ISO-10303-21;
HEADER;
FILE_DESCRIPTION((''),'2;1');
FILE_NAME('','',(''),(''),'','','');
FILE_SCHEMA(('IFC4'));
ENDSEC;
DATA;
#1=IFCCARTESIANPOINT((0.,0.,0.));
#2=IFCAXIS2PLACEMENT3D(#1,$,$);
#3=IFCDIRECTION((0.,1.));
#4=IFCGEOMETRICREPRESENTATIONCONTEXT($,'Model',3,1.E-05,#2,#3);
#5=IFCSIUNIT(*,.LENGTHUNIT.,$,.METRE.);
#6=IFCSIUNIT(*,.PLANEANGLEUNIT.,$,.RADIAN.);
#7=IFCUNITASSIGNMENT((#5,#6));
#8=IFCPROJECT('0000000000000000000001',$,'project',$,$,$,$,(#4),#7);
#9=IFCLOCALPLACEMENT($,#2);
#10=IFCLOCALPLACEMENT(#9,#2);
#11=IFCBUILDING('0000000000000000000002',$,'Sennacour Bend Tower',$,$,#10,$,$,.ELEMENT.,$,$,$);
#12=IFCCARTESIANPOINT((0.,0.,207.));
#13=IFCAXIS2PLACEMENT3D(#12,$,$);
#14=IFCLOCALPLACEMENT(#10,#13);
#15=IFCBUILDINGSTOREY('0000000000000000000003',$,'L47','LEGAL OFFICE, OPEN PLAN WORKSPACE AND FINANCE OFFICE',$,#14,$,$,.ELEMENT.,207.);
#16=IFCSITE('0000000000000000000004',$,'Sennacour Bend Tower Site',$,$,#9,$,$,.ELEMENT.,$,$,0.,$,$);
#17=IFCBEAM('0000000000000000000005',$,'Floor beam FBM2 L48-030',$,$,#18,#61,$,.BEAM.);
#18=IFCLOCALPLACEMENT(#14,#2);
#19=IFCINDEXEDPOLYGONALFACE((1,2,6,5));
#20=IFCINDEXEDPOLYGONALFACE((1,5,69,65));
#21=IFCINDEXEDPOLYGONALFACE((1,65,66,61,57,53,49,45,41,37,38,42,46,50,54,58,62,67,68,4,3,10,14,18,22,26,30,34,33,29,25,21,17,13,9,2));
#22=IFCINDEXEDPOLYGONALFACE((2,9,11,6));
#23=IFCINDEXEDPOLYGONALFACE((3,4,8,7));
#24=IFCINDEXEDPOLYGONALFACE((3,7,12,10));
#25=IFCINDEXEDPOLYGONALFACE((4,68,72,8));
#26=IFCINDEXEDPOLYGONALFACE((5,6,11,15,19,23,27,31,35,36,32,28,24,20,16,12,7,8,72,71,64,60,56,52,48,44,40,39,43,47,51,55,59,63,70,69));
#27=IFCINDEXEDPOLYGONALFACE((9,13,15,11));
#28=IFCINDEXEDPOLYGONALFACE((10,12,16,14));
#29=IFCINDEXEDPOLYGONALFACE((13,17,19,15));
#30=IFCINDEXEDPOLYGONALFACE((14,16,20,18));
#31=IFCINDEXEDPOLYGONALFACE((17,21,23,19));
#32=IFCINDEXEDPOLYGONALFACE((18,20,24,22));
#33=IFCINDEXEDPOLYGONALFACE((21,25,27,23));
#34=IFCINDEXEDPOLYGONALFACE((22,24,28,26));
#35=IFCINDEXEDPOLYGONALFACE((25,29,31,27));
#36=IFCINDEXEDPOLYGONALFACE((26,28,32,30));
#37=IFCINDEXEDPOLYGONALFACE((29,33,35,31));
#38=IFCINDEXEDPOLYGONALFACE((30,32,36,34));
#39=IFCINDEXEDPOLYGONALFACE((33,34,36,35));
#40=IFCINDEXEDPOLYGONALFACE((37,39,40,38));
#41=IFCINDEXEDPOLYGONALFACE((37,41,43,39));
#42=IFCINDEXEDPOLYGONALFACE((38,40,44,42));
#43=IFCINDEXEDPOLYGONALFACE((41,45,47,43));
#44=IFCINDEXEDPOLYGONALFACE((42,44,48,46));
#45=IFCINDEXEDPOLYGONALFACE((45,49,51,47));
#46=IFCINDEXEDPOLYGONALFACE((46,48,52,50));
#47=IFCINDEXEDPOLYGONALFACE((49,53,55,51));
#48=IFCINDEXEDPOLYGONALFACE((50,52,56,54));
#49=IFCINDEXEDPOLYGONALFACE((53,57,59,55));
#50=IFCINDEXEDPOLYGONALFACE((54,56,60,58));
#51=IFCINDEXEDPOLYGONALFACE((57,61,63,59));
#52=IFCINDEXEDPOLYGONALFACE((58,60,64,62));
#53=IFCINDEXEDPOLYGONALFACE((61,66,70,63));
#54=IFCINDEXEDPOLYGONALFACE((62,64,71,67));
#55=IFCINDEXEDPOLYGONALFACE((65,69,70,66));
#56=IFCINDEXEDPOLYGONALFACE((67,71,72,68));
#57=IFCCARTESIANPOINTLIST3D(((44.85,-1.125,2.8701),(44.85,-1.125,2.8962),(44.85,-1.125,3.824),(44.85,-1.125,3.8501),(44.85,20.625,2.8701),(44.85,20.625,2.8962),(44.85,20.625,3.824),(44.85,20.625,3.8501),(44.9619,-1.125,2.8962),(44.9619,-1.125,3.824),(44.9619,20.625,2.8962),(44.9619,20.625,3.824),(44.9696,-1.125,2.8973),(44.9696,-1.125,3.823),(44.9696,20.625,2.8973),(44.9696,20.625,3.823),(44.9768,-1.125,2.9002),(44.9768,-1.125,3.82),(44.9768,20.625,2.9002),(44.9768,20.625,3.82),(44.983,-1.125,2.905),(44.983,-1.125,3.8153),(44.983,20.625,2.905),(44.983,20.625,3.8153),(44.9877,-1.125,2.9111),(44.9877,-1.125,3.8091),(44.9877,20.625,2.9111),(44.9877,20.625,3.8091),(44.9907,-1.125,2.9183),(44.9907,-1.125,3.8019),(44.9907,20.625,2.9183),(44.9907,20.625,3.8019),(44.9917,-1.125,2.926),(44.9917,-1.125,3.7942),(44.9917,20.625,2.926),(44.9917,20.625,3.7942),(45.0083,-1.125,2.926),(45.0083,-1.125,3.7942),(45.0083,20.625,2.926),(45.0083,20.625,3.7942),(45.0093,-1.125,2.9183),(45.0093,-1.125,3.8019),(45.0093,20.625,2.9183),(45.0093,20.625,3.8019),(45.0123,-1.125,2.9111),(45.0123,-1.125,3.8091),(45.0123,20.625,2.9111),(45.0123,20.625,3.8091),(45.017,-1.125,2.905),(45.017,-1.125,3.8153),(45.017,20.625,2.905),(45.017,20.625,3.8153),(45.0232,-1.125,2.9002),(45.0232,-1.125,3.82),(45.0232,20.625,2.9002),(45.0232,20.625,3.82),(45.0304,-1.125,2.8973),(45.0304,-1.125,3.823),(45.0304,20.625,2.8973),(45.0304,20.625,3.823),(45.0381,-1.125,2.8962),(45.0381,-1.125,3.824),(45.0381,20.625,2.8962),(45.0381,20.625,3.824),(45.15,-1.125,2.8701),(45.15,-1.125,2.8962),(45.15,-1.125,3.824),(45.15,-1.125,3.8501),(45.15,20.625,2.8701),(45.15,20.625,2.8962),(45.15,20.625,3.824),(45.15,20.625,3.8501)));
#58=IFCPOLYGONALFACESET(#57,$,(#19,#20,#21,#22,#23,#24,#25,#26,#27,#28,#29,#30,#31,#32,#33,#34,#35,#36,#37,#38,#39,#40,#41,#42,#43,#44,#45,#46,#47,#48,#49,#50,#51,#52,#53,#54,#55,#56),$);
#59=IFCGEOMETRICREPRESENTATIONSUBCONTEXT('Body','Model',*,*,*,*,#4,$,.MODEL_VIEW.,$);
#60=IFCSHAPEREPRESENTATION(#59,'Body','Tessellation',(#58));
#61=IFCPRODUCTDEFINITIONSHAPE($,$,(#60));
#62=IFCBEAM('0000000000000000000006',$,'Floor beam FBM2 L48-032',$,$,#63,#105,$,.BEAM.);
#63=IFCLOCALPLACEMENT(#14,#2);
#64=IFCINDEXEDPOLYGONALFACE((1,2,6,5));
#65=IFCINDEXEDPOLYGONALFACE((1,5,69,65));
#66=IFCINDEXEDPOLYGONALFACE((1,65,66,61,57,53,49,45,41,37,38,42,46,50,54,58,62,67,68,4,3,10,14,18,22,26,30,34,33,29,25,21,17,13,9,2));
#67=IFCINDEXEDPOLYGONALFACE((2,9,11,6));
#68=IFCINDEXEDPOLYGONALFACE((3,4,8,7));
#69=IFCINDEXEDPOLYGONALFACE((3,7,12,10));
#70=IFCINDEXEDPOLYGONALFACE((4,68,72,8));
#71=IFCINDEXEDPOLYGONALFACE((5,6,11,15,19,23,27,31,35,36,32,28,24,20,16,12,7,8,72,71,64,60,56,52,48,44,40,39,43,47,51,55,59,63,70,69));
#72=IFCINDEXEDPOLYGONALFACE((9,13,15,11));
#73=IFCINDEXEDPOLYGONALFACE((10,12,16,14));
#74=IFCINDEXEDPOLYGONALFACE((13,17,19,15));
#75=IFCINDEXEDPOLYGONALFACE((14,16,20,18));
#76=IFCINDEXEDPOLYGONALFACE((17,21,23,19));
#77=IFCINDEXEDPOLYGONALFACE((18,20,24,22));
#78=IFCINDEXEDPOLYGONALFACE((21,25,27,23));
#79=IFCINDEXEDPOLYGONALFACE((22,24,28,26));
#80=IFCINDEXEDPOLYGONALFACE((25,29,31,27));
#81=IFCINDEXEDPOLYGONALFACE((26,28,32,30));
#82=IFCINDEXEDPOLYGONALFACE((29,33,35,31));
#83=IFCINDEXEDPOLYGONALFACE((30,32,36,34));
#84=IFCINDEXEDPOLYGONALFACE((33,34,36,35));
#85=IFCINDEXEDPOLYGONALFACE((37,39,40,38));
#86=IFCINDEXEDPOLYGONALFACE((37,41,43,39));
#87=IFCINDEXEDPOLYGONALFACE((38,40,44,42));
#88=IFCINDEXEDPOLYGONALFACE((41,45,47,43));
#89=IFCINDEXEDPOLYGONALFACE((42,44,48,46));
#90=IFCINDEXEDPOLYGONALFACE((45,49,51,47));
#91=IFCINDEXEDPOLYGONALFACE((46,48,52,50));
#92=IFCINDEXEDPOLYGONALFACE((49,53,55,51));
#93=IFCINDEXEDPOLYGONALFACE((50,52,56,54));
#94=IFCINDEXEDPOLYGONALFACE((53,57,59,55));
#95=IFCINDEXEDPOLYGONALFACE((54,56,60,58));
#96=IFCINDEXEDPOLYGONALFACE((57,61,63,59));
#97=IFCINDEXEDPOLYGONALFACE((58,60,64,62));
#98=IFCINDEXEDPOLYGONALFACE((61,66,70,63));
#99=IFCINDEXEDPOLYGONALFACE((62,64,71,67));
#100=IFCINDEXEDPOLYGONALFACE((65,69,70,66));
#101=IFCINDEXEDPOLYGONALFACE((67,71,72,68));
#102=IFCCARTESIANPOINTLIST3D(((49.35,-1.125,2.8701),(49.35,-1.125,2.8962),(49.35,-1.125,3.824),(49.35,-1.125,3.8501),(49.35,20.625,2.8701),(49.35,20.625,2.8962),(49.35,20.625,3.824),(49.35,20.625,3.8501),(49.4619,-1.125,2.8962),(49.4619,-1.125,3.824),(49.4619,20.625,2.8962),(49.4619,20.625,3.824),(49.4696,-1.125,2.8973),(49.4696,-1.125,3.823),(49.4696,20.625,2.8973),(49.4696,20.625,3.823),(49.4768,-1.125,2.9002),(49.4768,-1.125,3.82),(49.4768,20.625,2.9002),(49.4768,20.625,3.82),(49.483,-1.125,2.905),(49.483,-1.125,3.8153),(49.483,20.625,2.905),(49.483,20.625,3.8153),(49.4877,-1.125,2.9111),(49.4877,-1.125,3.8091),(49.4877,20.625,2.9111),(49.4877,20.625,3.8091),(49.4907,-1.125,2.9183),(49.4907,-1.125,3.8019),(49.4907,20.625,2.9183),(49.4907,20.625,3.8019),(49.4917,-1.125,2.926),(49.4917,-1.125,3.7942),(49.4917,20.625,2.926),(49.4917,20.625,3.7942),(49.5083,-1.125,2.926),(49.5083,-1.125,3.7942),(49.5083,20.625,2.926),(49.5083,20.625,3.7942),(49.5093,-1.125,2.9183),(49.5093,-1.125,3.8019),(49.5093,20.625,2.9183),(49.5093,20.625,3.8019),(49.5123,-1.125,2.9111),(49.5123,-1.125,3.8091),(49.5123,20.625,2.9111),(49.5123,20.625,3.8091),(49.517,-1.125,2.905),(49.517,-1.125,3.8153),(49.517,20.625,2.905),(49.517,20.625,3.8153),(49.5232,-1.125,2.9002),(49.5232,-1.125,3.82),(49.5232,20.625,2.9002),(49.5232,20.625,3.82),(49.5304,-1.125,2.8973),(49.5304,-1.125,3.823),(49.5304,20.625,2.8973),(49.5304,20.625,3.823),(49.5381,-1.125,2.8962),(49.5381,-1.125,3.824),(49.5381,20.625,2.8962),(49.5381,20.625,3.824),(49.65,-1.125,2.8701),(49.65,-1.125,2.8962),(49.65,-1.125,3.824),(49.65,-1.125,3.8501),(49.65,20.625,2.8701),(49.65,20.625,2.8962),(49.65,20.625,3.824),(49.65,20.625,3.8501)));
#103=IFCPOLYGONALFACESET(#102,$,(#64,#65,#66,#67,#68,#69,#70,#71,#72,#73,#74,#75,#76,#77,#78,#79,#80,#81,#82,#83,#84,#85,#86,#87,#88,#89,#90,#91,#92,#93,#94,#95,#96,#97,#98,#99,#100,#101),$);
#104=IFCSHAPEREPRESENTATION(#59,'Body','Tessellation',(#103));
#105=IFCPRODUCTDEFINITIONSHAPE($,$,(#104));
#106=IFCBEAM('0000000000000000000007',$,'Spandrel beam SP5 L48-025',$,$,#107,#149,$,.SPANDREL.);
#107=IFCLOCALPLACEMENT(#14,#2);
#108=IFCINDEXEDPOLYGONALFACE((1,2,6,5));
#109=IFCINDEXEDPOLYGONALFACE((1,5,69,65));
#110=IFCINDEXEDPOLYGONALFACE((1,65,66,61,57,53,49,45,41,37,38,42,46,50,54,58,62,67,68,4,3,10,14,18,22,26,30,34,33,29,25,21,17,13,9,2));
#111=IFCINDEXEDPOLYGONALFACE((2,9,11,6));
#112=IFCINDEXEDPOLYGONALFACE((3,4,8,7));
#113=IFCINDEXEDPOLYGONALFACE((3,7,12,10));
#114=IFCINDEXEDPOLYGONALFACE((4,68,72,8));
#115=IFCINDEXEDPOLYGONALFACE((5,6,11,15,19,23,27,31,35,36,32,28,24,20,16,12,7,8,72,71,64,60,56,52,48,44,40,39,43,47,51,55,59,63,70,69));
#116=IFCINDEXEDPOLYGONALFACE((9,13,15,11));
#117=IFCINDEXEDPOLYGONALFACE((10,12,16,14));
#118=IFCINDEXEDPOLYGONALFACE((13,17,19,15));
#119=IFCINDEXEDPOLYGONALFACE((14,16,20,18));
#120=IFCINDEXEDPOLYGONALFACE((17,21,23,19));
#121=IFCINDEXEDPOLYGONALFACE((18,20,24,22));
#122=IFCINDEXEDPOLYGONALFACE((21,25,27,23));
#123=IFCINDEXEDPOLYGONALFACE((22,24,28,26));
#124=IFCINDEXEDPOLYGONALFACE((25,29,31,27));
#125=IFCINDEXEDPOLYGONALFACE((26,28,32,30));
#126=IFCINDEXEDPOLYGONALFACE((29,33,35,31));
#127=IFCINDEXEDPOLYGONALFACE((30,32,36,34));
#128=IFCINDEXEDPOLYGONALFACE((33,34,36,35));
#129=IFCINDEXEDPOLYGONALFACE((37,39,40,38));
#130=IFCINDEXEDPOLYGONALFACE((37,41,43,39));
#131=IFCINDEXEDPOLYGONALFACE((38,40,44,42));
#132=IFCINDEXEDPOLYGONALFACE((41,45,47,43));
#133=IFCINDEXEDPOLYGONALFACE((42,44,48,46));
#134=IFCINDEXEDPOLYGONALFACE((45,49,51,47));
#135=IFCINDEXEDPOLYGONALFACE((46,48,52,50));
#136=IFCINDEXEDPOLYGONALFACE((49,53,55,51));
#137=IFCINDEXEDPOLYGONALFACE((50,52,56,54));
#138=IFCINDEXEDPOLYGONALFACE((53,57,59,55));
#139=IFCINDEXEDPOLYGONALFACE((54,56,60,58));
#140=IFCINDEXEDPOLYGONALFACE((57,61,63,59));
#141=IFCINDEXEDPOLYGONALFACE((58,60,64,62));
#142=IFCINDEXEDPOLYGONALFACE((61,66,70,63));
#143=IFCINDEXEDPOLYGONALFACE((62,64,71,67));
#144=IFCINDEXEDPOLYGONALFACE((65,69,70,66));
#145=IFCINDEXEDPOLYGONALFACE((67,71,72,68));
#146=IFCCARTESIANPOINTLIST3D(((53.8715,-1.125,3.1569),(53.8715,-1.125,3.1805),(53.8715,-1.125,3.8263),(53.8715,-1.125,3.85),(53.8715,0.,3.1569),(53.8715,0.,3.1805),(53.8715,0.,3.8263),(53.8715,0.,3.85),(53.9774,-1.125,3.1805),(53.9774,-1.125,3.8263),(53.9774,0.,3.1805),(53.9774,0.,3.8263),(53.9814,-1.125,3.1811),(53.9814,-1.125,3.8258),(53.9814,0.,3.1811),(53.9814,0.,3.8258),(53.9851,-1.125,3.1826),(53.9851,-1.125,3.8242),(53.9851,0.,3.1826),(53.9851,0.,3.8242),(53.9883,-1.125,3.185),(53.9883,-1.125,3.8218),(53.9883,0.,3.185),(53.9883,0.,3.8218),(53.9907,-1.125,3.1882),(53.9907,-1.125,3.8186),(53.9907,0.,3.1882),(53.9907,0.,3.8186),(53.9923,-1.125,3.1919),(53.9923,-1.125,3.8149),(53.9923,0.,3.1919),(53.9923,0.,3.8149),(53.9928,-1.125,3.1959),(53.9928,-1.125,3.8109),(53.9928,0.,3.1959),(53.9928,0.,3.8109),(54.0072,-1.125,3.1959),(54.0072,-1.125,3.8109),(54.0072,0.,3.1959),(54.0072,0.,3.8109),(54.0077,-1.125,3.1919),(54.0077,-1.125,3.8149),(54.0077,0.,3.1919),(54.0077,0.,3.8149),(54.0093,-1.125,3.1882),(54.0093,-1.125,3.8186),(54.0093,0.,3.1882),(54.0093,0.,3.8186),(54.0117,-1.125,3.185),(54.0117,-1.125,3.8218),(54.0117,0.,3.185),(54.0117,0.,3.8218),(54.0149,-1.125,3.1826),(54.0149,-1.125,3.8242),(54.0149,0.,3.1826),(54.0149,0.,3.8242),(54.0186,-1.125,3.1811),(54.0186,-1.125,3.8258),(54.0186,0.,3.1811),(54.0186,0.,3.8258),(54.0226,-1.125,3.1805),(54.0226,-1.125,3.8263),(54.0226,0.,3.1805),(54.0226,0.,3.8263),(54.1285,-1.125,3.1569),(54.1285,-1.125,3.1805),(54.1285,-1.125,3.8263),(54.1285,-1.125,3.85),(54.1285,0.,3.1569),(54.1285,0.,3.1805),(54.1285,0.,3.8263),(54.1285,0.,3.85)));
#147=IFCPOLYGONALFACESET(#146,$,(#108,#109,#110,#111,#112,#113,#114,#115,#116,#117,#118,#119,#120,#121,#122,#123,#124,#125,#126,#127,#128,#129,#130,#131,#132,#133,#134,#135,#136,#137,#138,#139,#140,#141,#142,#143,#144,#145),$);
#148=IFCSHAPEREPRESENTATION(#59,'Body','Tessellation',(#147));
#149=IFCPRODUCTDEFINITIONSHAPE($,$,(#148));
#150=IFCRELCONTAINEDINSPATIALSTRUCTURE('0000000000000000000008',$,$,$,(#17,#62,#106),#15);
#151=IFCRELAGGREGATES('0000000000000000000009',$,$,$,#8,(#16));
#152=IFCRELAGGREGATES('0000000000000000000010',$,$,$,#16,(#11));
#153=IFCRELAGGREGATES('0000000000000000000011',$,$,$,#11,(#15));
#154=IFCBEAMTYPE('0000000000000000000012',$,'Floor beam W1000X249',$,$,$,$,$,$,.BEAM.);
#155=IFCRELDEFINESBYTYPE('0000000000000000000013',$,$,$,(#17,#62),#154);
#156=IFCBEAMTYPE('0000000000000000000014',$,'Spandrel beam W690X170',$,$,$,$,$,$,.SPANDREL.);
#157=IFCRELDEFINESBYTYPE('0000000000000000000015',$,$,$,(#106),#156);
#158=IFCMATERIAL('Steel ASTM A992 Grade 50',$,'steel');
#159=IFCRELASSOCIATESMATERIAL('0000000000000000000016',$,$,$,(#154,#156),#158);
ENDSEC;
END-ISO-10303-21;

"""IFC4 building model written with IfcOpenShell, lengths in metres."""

from ifc_helpers import new_model, si_unit, direction, frame, origin, origin_2d, place, context, subcontext, project, spatial, i_section, extrude, material, material_profile, profile_set, type_object, element, save


model = new_model("IFC4")

# Units and contexts
model_context = context("Model", 3, precision=1e-05, world=origin(), true_north=direction((0.0, 1.0)))
body_context = subcontext(model_context, "Body", "Model", "MODEL_VIEW")
ifc_project = project(units=[si_unit("LENGTHUNIT", "METRE"), si_unit("PLANEANGLEUNIT", "RADIAN")], contexts=[model_context])

# Site, building, storey
site_placement = place(None, origin())
site = spatial("IfcSite", under=ifc_project, at=site_placement, Name="Sennacour Bend Tower Site", CompositionType="ELEMENT", RefElevation=0.0)
building_placement = place(site_placement, origin())
building = spatial("IfcBuilding", under=site, at=building_placement, Name="Sennacour Bend Tower", CompositionType="ELEMENT")
storey_placement = place(building_placement, frame((0.0, 0.0, 207.0)))
storey = spatial("IfcBuildingStorey", under=building, at=storey_placement, Name="L47", Description="LEGAL OFFICE, OPEN PLAN WORKSPACE AND FINANCE OFFICE", CompositionType="ELEMENT", Elevation=207.0)

# Beams
ifc_material_1 = material(Name="Steel ASTM A992 Grade 50", Category="steel")
ifc_material_profile_1 = material_profile(ifc_material_1, i_section(OverallWidth=0.3, OverallDepth=0.98, WebThickness=0.0166, FlangeThickness=0.0261, FilletRadius=0.0298, at=origin_2d()), Name="Steel ASTM A992 Grade 50", Category="steel")
ifc_profile_set_1 = profile_set([ifc_material_profile_1], Name="Steel ASTM A992 Grade 50")
beam_type_1 = type_object("IfcBeamType", Name="Floor beam W1000X249", PredefinedType="BEAM", material=ifc_profile_set_1)
for number, where, z_axis, x_axis, name in (
    (1, (45.0, -1.125, 3.3601), (0.0, 1.0, 0.0), (-1.0, 0.0, 0.0), "Floor beam FBM2 L48-030"),
    (2, (49.5, -1.125, 3.3601), (0.0, 1.0, 0.0), (-1.0, 0.0, 0.0), "Floor beam FBM2 L48-032"),
):
    element("IfcBeam", number, at=place(storey_placement, frame(where, z_axis=z_axis, x_axis=x_axis)), inside=storey, type_object=beam_type_1, Name=name, PredefinedType="BEAM", context=body_context, shape_type="SweptSolid", body=[
        extrude(i_section(OverallWidth=0.3, OverallDepth=0.98, WebThickness=0.0166, FlangeThickness=0.0261, FilletRadius=0.0298, at=origin_2d()), origin(), (0.0, 0.0, 1.0), 21.75),
    ])
ifc_material_profile_2 = material_profile(ifc_material_1, i_section(OverallWidth=0.2571, OverallDepth=0.6931, WebThickness=0.0144, FlangeThickness=0.0237, FilletRadius=0.0154, at=origin_2d()), Name="Steel ASTM A992 Grade 50", Category="steel")
ifc_profile_set_2 = profile_set([ifc_material_profile_2], Name="Steel ASTM A992 Grade 50")
beam_type_2 = type_object("IfcBeamType", Name="Spandrel beam W690X170", PredefinedType="SPANDREL", material=ifc_profile_set_2)
beam_placement = place(storey_placement, frame((54.0, 0.0, 3.5034), z_axis=(0.0, -1.0, 0.0), x_axis=(1.0, 0.0, 0.0)))
element("IfcBeam", 3, at=beam_placement, inside=storey, type_object=beam_type_2, Name="Spandrel beam SP5 L48-025", PredefinedType="SPANDREL", context=body_context, shape_type="SweptSolid", body=[
    extrude(i_section(OverallWidth=0.2571, OverallDepth=0.6931, WebThickness=0.0144, FlangeThickness=0.0237, FilletRadius=0.0154, at=origin_2d()), origin(), (0.0, 0.0, 1.0), 1.125),
])

save(model, "model.ifc")
